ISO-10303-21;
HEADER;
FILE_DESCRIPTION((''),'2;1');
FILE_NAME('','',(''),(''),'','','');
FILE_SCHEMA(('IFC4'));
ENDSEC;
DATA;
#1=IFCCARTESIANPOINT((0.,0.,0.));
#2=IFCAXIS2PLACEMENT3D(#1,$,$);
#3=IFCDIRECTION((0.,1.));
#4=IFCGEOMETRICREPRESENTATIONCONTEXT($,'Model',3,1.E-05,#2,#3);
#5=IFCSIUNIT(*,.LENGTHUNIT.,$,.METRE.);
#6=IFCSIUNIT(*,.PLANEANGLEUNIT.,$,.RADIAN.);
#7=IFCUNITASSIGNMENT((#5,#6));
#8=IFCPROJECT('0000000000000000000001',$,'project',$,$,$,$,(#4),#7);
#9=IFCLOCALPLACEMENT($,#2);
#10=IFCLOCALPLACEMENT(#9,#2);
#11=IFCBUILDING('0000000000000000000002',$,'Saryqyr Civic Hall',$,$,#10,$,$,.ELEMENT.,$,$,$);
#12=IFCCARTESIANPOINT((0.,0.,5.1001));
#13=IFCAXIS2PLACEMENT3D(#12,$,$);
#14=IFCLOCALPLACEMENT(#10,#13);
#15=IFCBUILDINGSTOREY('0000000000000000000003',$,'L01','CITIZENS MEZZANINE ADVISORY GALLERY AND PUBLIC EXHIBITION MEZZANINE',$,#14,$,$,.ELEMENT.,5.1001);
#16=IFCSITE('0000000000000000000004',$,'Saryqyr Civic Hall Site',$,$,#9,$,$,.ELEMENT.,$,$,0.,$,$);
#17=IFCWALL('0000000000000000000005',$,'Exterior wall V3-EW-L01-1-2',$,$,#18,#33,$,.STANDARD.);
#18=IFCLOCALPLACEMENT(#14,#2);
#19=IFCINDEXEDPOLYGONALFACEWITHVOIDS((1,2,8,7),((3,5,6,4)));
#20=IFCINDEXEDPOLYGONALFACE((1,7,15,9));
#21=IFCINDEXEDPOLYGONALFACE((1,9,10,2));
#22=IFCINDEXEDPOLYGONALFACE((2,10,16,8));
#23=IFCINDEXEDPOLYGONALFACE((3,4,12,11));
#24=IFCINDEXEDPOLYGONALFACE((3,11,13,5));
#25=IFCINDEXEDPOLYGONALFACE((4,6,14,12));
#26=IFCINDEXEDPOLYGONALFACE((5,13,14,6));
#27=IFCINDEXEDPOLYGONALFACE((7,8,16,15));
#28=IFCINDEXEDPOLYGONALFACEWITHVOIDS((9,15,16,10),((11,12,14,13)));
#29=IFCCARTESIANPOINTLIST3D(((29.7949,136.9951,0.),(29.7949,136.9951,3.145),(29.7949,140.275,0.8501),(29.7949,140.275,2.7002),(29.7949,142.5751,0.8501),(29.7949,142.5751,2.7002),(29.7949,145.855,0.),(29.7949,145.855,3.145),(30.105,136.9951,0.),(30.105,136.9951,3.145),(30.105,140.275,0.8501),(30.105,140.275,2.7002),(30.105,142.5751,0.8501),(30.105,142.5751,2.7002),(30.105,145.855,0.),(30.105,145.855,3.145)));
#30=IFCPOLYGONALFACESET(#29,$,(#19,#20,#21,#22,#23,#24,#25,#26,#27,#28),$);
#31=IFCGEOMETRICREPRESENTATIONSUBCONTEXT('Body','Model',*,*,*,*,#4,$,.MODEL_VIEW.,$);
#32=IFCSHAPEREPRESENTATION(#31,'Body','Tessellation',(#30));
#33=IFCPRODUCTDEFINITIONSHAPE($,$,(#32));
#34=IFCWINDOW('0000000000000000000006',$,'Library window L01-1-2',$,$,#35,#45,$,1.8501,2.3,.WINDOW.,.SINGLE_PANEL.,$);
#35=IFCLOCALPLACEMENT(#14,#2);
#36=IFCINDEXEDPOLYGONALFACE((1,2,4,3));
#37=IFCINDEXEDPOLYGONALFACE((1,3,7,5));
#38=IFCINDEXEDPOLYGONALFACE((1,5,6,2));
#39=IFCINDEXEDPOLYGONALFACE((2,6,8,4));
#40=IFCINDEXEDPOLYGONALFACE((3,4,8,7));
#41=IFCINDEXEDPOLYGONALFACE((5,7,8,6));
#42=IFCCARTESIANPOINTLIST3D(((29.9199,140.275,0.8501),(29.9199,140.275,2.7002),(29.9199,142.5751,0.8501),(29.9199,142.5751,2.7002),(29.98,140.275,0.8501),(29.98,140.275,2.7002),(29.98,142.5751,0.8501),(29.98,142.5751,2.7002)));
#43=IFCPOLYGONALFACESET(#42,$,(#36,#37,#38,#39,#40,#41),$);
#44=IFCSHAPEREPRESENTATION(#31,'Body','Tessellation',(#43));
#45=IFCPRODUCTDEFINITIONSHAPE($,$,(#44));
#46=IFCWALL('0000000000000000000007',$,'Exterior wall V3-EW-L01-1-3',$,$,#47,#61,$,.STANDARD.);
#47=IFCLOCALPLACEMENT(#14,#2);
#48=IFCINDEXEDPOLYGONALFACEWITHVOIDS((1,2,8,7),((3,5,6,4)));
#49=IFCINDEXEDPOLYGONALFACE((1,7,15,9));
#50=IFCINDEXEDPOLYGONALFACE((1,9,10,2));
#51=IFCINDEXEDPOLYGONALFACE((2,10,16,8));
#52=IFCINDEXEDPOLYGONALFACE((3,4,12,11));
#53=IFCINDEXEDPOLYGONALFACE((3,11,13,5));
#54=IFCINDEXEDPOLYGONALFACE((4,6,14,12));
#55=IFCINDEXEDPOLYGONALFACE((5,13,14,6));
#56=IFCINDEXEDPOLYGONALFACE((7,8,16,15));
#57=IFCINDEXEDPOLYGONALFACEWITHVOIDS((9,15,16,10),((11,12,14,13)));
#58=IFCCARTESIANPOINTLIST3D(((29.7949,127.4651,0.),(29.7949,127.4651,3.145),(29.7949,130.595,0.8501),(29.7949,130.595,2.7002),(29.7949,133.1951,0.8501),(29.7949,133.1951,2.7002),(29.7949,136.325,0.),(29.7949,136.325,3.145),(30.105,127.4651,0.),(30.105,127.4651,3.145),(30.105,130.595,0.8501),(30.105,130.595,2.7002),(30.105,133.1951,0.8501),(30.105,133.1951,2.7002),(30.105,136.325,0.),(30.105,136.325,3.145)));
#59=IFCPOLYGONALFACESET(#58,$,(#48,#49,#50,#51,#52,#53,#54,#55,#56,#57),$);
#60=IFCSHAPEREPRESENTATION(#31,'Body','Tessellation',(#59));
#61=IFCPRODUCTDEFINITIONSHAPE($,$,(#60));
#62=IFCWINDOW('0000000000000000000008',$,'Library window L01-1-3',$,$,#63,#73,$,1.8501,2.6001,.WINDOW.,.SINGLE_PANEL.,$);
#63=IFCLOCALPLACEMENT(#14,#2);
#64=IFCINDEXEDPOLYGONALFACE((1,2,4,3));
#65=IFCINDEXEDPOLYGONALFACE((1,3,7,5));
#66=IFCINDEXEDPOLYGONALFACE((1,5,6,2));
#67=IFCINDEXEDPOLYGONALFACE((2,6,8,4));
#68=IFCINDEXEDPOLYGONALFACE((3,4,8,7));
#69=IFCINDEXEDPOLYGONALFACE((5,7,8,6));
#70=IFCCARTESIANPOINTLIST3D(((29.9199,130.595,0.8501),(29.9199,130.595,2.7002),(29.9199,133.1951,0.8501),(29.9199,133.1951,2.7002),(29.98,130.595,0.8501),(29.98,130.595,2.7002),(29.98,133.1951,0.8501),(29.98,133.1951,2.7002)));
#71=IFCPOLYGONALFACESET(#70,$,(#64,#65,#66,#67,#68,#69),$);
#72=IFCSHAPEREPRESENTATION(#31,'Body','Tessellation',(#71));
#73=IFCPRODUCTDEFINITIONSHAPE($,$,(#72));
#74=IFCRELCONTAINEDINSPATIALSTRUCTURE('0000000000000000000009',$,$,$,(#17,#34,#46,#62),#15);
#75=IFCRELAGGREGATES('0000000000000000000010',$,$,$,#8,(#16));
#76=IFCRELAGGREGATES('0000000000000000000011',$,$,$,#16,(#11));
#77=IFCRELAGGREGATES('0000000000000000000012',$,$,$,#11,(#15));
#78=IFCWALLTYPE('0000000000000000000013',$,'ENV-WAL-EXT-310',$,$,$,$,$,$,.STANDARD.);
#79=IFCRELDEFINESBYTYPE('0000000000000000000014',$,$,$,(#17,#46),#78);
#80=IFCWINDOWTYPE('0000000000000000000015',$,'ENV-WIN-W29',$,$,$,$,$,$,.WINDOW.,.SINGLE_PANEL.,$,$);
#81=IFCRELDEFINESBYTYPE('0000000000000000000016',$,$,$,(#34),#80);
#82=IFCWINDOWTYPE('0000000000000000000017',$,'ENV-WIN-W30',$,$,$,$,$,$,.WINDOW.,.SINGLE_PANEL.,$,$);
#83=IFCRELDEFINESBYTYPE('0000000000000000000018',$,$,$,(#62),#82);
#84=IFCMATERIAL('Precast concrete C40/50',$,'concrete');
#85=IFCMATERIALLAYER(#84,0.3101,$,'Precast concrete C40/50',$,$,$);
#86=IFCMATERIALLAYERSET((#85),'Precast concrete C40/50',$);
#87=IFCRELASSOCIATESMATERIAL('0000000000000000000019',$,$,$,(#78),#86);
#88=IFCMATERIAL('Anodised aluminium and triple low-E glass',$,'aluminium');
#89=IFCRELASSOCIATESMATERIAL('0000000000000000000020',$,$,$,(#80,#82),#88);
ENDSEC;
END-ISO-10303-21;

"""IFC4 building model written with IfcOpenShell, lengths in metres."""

from ifc_helpers import new_model, si_unit, direction, frame, frame_2d, origin, place, context, subcontext, project, spatial, rectangle, extrude, material, layer, layer_set, type_object, element, fill, save


model = new_model("IFC4")

# Units and contexts
model_context = context("Model", 3, precision=1e-05, world=origin(), true_north=direction((0.0, 1.0)))
body_context = subcontext(model_context, "Body", "Model", "MODEL_VIEW")
ifc_project = project(units=[si_unit("LENGTHUNIT", "METRE"), si_unit("PLANEANGLEUNIT", "RADIAN")], contexts=[model_context])

# Site, building, storey
site_placement = place(None, origin())
site = spatial("IfcSite", under=ifc_project, at=site_placement, Name="Saryqyr Civic Hall Site", CompositionType="ELEMENT", RefElevation=0.0)
building_placement = place(site_placement, origin())
building = spatial("IfcBuilding", under=site, at=building_placement, Name="Saryqyr Civic Hall", CompositionType="ELEMENT")
storey_placement = place(building_placement, frame((0.0, 0.0, 5.1001)))
storey = spatial("IfcBuildingStorey", under=building, at=storey_placement, Name="L01", Description="CITIZENS MEZZANINE ADVISORY GALLERY AND PUBLIC EXHIBITION MEZZANINE", CompositionType="ELEMENT", Elevation=5.1001)

# Shared definitions
ifc_material_1 = material(Name="Anodised aluminium and triple low-E glass", Category="aluminium")

# Walls, openings, windows
ifc_material_2 = material(Name="Precast concrete C40/50", Category="concrete")
ifc_layer_1 = layer(ifc_material_2, 0.3101, Name="Precast concrete C40/50")
ifc_layer_set_1 = layer_set([ifc_layer_1], Name="Precast concrete C40/50")
wall_type = type_object("IfcWallType", Name="ENV-WAL-EXT-310", PredefinedType="STANDARD", material=ifc_layer_set_1)
wall_1_placement = place(storey_placement, frame((29.95, 145.855, 0.0), z_axis=(0.0, 0.0, 1.0), x_axis=(0.0, -1.0, 0.0)))
wall_1 = element("IfcWall", 1, at=wall_1_placement, inside=storey, type_object=wall_type, Name="Exterior wall V3-EW-L01-1-2", PredefinedType="STANDARD", context=body_context, shape_type="SweptSolid", body=[
    extrude(rectangle(XDim=8.8599, YDim=0.3101, at=frame_2d((4.4299, 0.0))), origin(), (0.0, 0.0, 1.0), 3.145),
])
opening_1_placement = place(wall_1_placement, frame((3.28, 0.0, 0.8501)))
opening_1 = element("IfcOpeningElement", 2, at=opening_1_placement, cuts=wall_1, PredefinedType="OPENING", context=body_context, shape_type="SweptSolid", body=[
    extrude(rectangle(XDim=2.3, YDim=1.8501, at=frame_2d((1.1499, 0.925))), frame((0.0, 0.165, 0.0), z_axis=(0.0, -1.0, 0.0), x_axis=(1.0, 0.0, 0.0)), (0.0, 0.0, 1.0), 0.3301),
])
window_type_1 = type_object("IfcWindowType", Name="ENV-WIN-W29", PartitioningType="SINGLE_PANEL", PredefinedType="WINDOW", material=ifc_material_1)
window_1_placement = place(opening_1_placement, origin())
window_1 = element("IfcWindow", 3, at=window_1_placement, inside=storey, type_object=window_type_1, Name="Library window L01-1-2", OverallHeight=1.8501, OverallWidth=2.3, PartitioningType="SINGLE_PANEL", PredefinedType="WINDOW", context=body_context, shape_type="SweptSolid", body=[
    extrude(rectangle(XDim=2.3, YDim=1.8501, at=frame_2d((1.1499, 0.925))), frame((0.0, 0.03, 0.0), z_axis=(0.0, -1.0, 0.0), x_axis=(1.0, 0.0, 0.0)), (0.0, 0.0, 1.0), 0.0601),
])
fill(opening_1, window_1)
wall_2_placement = place(storey_placement, frame((29.95, 136.325, 0.0), z_axis=(0.0, 0.0, 1.0), x_axis=(0.0, -1.0, 0.0)))
wall_2 = element("IfcWall", 4, at=wall_2_placement, inside=storey, type_object=wall_type, Name="Exterior wall V3-EW-L01-1-3", PredefinedType="STANDARD", context=body_context, shape_type="SweptSolid", body=[
    extrude(rectangle(XDim=8.8599, YDim=0.3101, at=frame_2d((4.4299, 0.0))), origin(), (0.0, 0.0, 1.0), 3.145),
])
opening_2_placement = place(wall_2_placement, frame((3.1299, 0.0, 0.8501)))
opening_2 = element("IfcOpeningElement", 5, at=opening_2_placement, cuts=wall_2, PredefinedType="OPENING", context=body_context, shape_type="SweptSolid", body=[
    extrude(rectangle(XDim=2.6001, YDim=1.8501, at=frame_2d((1.3, 0.925))), frame((0.0, 0.165, 0.0), z_axis=(0.0, -1.0, 0.0), x_axis=(1.0, 0.0, 0.0)), (0.0, 0.0, 1.0), 0.3301),
])
window_type_2 = type_object("IfcWindowType", Name="ENV-WIN-W30", PartitioningType="SINGLE_PANEL", PredefinedType="WINDOW", material=ifc_material_1)
window_2_placement = place(opening_2_placement, origin())
window_2 = element("IfcWindow", 6, at=window_2_placement, inside=storey, type_object=window_type_2, Name="Library window L01-1-3", OverallHeight=1.8501, OverallWidth=2.6001, PartitioningType="SINGLE_PANEL", PredefinedType="WINDOW", context=body_context, shape_type="SweptSolid", body=[
    extrude(rectangle(XDim=2.6001, YDim=1.8501, at=frame_2d((1.3, 0.925))), frame((0.0, 0.03, 0.0), z_axis=(0.0, -1.0, 0.0), x_axis=(1.0, 0.0, 0.0)), (0.0, 0.0, 1.0), 0.0601),
])
fill(opening_2, window_2)

save(model, "model.ifc")
